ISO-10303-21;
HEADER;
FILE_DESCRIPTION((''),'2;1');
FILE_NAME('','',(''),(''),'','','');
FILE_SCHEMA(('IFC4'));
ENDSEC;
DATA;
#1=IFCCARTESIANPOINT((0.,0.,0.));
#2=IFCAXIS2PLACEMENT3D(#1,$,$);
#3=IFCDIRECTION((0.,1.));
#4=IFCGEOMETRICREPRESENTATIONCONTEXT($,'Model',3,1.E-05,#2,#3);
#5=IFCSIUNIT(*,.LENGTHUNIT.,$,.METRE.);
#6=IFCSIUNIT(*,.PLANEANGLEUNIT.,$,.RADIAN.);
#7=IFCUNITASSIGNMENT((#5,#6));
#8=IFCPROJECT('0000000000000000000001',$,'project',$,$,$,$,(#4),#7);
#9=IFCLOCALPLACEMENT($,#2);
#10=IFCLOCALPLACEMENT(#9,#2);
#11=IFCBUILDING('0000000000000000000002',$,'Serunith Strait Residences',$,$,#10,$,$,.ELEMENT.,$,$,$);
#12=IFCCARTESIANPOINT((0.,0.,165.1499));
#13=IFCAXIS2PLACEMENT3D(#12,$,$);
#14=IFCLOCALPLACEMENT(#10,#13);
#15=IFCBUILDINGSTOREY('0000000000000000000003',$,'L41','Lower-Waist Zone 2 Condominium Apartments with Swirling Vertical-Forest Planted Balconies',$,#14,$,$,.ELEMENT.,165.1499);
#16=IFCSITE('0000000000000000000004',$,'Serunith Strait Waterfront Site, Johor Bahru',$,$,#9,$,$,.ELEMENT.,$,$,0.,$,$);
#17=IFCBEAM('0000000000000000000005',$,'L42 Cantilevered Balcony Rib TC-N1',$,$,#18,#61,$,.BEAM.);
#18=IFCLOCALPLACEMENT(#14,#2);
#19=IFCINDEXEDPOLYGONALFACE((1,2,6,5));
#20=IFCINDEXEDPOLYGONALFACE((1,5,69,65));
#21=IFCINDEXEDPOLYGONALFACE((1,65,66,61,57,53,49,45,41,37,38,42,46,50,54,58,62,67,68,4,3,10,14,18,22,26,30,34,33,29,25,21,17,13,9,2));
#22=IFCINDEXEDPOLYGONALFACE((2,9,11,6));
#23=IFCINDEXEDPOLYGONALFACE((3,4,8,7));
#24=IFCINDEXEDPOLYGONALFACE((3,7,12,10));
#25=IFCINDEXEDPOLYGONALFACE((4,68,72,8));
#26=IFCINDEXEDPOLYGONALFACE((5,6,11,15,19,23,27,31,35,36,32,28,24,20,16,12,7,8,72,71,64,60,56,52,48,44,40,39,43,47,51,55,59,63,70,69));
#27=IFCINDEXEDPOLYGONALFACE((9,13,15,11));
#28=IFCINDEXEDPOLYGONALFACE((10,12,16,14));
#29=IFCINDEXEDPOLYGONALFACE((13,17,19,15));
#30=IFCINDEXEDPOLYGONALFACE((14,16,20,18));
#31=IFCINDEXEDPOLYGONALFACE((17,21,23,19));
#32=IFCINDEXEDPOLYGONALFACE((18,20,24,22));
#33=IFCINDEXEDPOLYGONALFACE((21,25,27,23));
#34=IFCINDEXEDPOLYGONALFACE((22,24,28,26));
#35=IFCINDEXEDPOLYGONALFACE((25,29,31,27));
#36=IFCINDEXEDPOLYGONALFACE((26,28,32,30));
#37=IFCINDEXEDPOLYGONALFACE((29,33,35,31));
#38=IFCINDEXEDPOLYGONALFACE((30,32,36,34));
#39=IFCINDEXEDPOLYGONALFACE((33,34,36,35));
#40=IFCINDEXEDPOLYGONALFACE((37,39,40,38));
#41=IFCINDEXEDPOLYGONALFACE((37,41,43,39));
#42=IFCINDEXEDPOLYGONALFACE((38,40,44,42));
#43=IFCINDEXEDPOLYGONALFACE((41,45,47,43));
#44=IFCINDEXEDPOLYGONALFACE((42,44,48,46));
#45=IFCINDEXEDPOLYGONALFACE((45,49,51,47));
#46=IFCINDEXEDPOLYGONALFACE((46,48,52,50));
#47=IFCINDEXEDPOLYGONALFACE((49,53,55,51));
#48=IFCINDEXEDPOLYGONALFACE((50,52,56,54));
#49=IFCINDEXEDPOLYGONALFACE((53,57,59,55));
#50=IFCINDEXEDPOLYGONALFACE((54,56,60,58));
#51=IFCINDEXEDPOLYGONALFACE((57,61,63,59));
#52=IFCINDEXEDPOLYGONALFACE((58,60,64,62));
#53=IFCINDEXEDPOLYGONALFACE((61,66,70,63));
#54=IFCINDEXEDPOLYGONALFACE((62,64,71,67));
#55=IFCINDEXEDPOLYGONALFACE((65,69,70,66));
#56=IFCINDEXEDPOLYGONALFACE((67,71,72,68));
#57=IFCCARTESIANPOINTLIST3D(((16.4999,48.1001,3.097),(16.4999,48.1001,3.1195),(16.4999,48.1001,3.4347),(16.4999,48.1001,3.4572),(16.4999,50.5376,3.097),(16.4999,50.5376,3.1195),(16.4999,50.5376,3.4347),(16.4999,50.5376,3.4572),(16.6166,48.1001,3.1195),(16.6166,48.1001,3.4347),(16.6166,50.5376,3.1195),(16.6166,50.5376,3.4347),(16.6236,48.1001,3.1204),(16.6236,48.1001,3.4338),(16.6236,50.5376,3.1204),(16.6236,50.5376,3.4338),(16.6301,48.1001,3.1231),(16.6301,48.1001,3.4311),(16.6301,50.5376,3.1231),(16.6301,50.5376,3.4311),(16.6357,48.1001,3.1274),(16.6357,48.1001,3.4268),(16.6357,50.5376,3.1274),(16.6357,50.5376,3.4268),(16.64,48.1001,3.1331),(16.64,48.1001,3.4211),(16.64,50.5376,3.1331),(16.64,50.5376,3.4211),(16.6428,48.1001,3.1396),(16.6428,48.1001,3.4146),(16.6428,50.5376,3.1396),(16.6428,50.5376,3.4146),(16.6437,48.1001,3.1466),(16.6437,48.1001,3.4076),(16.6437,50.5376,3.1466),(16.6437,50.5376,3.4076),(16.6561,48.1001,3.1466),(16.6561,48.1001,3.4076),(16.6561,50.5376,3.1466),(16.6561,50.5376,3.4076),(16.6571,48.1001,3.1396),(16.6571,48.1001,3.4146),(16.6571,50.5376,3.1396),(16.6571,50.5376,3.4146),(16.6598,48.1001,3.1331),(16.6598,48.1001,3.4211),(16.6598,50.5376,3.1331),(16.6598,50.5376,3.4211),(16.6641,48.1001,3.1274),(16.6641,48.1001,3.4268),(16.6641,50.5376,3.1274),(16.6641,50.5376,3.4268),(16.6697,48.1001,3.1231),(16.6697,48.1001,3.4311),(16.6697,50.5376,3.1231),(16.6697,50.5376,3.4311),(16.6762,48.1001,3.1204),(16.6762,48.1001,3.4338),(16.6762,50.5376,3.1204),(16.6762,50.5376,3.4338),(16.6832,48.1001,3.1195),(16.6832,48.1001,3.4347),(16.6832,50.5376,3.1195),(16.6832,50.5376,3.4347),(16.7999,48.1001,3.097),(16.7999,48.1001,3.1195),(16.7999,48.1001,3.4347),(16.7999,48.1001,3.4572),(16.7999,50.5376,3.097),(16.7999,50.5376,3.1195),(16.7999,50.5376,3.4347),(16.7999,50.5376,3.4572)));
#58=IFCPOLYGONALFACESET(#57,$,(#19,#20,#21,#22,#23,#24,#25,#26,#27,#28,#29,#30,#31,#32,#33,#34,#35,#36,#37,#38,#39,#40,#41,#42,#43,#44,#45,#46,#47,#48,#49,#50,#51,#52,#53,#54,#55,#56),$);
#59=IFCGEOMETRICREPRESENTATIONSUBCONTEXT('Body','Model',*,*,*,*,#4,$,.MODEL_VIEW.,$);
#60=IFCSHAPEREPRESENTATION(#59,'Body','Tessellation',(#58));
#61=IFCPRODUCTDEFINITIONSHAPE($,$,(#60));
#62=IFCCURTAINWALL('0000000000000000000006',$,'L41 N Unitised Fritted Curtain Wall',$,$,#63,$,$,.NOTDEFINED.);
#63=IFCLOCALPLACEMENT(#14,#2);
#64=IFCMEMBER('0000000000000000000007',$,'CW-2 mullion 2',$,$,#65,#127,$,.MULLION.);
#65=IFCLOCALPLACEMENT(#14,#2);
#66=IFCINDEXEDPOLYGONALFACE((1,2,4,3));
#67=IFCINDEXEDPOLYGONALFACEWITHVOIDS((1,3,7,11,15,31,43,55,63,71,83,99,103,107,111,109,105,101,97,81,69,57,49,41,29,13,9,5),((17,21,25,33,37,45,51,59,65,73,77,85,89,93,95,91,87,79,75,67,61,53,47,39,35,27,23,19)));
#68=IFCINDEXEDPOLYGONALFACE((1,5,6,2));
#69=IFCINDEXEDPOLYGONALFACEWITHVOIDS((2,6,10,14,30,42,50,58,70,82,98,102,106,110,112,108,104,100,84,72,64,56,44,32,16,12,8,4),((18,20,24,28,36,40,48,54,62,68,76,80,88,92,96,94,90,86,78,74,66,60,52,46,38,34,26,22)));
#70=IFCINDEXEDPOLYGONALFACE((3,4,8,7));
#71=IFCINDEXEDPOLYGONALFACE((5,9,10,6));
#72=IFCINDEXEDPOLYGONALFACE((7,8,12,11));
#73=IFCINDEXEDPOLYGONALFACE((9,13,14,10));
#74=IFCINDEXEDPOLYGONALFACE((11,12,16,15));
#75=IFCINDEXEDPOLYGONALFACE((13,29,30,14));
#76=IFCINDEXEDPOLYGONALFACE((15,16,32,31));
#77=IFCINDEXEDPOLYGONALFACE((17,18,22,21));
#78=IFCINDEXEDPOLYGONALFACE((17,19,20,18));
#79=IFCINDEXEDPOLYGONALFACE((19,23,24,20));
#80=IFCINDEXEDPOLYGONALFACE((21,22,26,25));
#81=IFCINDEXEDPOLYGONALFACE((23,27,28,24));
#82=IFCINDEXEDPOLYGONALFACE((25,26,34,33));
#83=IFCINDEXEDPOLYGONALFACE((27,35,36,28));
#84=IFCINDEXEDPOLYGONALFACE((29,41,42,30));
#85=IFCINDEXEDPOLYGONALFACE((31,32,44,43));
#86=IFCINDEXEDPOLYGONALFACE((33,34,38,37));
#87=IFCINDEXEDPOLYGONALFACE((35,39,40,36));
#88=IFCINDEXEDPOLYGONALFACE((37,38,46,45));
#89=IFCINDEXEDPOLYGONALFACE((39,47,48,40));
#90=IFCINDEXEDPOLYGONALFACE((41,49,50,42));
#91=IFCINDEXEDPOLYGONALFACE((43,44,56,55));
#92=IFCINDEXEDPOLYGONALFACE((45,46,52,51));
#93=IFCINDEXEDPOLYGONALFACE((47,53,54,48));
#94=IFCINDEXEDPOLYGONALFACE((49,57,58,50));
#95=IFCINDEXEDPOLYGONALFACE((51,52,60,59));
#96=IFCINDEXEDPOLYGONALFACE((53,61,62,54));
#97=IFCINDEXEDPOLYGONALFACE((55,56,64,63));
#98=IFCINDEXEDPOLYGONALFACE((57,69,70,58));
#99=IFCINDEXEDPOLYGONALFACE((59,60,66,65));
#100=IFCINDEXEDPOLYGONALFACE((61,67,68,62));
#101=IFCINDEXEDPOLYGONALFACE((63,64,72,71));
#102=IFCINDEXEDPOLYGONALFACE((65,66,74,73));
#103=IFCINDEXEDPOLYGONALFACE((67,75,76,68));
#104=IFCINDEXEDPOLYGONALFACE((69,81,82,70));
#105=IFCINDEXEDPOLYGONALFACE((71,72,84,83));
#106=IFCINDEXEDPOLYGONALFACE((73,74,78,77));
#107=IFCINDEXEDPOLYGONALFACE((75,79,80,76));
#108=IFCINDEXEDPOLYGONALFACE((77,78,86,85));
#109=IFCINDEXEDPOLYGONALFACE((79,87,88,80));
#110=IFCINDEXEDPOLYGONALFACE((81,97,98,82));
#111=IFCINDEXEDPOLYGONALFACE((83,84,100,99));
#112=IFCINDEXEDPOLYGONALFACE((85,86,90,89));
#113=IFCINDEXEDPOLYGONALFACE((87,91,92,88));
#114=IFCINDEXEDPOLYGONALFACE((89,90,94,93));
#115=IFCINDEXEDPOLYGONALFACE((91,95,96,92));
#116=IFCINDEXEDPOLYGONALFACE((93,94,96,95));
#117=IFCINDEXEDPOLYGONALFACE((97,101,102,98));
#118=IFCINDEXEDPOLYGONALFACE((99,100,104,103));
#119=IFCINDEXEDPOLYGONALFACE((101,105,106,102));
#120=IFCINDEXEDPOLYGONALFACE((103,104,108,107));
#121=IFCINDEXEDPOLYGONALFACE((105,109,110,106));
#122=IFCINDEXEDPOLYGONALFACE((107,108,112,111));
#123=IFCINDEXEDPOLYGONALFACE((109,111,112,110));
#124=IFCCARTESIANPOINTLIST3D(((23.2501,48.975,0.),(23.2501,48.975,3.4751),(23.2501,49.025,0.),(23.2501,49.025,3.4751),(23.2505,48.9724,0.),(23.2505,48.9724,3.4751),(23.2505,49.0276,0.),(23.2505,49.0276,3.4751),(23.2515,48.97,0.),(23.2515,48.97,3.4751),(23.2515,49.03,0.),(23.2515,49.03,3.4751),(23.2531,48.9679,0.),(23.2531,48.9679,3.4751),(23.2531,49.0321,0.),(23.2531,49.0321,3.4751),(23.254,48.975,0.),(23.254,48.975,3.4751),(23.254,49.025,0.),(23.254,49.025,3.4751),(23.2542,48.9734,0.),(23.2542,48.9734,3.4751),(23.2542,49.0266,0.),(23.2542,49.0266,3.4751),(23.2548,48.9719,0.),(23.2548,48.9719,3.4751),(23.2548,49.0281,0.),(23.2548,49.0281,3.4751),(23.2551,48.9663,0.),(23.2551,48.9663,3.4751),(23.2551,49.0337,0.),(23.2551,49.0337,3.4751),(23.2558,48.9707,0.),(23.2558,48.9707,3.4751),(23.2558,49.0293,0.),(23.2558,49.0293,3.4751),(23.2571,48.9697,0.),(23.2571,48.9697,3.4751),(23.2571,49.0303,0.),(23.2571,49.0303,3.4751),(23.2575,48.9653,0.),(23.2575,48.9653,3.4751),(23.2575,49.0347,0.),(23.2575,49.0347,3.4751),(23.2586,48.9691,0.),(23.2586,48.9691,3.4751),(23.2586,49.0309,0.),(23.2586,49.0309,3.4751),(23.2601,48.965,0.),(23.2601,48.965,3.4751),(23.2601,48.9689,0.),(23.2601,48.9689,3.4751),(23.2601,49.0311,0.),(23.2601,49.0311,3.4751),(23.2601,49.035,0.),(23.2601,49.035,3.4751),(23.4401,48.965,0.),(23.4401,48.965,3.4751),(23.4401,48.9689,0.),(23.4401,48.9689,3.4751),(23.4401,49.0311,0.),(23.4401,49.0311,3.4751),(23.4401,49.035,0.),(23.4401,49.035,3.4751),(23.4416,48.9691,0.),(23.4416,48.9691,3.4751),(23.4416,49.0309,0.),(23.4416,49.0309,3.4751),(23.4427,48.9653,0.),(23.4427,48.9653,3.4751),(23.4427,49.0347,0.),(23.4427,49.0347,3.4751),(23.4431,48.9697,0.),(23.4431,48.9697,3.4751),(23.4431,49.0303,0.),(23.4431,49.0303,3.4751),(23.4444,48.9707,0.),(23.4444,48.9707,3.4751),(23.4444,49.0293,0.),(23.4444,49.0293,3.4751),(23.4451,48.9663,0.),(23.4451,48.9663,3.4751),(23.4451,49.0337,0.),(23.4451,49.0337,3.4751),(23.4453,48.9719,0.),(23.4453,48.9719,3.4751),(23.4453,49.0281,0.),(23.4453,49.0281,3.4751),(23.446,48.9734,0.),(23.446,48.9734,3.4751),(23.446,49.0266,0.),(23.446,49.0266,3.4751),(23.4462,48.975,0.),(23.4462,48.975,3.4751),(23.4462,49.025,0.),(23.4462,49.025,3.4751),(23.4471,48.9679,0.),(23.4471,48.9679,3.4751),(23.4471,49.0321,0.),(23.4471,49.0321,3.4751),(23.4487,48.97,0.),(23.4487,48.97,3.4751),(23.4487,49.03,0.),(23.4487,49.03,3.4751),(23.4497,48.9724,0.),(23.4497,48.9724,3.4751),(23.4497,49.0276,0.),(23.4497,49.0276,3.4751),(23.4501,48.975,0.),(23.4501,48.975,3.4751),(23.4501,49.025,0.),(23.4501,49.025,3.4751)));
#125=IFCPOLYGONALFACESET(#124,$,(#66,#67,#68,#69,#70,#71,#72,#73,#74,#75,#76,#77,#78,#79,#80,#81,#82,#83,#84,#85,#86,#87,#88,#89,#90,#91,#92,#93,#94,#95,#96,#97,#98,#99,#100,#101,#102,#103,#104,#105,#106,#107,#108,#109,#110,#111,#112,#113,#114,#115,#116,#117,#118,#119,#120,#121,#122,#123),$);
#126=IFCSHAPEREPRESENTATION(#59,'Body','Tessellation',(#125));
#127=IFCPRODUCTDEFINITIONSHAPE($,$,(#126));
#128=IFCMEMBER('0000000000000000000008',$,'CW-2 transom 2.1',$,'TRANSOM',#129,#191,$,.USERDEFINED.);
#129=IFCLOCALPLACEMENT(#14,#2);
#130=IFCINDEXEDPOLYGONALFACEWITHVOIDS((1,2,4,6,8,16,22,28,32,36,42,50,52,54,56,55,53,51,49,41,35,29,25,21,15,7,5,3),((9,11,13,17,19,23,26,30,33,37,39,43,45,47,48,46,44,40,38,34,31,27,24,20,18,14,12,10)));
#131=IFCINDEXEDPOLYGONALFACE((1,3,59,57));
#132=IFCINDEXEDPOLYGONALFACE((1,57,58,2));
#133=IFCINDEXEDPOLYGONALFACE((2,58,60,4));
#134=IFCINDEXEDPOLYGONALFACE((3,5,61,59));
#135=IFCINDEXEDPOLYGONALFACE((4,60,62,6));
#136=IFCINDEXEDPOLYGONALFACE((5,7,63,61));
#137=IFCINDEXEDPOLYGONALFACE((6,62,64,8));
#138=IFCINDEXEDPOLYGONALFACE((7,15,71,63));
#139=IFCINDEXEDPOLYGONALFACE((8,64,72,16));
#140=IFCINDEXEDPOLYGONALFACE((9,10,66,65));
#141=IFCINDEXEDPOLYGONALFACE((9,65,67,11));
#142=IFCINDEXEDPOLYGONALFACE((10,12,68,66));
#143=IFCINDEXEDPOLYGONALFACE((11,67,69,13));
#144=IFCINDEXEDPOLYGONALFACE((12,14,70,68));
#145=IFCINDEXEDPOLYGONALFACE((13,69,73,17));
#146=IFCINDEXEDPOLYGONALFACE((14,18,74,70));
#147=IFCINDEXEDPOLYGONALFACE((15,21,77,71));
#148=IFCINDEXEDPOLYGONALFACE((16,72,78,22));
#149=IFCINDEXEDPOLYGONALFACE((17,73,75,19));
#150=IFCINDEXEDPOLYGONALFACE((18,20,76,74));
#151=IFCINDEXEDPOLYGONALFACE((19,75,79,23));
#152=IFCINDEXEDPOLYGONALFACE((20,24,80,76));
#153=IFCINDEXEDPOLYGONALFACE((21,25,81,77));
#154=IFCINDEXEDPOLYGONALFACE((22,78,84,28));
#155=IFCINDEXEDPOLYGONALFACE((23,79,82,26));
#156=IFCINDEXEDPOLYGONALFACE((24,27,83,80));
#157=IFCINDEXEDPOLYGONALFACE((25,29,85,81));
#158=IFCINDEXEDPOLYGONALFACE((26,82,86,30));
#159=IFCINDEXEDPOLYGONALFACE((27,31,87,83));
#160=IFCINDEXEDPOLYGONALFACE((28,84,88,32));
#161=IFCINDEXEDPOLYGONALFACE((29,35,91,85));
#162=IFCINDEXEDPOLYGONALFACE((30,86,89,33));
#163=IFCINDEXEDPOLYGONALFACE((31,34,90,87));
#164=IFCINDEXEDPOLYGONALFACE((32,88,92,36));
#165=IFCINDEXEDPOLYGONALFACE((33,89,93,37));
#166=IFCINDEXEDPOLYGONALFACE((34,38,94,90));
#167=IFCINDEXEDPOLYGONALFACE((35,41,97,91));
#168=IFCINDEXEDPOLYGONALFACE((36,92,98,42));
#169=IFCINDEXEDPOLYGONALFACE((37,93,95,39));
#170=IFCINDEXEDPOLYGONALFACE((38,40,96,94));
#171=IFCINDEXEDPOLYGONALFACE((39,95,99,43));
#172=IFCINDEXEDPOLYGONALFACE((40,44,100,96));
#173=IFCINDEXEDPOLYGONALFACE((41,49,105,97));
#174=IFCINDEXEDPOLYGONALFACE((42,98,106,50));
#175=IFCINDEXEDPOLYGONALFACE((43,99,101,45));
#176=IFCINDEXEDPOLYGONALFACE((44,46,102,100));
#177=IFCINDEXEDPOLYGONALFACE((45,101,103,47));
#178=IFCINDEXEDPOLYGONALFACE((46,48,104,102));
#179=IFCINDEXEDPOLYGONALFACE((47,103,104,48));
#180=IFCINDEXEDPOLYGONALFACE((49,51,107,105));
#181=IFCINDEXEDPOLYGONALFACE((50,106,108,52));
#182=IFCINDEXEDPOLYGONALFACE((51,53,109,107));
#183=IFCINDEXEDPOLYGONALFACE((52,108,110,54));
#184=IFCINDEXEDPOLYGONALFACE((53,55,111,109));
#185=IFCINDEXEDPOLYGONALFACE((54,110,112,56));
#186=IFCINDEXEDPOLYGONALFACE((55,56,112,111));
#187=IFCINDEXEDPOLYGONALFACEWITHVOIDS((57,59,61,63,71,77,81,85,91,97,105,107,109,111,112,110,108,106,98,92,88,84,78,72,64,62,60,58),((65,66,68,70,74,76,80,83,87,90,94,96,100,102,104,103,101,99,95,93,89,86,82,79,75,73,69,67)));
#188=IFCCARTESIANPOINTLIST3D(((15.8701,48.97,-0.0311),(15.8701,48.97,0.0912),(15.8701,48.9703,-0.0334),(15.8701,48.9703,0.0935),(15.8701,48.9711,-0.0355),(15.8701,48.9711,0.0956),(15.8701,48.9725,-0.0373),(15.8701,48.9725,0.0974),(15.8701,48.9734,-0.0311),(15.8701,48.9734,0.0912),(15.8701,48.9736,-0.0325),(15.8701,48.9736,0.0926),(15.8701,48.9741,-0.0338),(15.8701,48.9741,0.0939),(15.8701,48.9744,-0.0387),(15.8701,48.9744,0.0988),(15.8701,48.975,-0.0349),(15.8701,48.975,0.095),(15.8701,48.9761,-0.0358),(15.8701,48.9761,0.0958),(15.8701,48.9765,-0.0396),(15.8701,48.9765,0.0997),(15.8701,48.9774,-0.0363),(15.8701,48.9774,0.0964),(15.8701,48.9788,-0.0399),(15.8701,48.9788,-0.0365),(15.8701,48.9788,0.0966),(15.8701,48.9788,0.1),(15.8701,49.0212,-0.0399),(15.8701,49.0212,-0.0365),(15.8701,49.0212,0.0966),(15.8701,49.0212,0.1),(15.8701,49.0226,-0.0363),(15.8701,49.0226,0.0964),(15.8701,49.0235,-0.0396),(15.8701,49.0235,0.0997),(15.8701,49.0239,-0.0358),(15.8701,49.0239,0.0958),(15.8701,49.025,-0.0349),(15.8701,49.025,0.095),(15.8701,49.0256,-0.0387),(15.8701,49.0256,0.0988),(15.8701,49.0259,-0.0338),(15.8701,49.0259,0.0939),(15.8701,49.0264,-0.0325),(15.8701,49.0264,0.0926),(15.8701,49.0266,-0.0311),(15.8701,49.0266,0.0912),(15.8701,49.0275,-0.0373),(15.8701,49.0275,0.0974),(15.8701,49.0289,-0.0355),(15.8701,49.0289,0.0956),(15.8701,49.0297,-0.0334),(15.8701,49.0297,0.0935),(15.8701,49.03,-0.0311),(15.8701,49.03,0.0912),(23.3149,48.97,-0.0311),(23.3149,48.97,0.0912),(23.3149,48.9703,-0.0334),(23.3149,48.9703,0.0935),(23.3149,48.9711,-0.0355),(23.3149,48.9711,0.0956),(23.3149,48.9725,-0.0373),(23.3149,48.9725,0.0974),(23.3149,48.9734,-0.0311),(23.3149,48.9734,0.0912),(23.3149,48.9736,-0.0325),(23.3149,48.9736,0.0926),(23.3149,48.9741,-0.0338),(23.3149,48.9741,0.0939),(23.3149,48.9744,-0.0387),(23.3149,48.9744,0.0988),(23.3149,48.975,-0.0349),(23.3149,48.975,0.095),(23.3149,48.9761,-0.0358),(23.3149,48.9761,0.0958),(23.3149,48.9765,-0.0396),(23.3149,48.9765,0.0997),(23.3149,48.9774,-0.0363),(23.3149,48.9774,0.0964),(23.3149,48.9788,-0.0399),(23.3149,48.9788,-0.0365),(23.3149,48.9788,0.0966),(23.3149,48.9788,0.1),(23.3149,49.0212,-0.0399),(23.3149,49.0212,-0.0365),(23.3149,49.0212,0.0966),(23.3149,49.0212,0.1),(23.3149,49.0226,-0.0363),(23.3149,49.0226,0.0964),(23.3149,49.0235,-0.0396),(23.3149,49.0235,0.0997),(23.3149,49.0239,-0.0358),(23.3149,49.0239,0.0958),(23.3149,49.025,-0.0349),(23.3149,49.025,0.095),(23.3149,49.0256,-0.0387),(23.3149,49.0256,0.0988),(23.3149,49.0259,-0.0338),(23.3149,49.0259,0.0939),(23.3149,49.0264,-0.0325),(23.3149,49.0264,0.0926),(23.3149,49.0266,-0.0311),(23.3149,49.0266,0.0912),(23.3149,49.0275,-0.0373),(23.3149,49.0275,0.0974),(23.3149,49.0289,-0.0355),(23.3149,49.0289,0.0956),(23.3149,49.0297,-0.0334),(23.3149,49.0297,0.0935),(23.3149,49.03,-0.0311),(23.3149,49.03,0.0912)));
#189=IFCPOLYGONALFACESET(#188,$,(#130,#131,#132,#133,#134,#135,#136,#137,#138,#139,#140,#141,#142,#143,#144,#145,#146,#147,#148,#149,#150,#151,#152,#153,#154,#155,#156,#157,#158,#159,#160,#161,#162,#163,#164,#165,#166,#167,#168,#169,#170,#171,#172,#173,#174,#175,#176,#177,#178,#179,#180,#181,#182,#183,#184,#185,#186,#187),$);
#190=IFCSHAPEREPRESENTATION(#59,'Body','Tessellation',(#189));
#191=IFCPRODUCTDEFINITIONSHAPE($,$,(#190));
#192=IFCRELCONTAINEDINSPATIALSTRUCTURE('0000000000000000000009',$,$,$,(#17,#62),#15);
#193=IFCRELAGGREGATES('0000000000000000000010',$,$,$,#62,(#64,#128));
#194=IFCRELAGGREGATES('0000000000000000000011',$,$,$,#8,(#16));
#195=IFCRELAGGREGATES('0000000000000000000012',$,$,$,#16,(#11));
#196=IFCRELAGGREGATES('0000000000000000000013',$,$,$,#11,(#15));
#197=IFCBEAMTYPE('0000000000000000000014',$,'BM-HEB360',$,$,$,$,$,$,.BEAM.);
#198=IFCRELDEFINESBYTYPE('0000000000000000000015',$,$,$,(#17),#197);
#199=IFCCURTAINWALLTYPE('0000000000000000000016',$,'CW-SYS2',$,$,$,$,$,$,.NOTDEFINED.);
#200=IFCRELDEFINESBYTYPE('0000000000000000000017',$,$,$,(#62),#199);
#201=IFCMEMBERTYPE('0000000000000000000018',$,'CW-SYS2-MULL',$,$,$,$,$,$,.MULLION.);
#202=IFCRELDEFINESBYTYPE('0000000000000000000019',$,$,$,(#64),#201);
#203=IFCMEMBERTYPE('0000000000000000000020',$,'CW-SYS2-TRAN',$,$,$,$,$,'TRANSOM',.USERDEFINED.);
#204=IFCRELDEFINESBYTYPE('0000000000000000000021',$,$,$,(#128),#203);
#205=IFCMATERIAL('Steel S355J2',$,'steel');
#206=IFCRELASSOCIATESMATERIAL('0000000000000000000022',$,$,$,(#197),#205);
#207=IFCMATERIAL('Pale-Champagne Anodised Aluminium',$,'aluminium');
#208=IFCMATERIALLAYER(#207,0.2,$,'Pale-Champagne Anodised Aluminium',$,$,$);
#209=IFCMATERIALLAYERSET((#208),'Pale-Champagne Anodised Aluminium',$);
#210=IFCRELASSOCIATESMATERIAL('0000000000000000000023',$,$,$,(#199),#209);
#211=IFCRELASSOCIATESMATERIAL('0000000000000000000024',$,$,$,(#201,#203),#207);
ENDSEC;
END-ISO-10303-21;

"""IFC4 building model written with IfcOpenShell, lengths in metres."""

from ifc_helpers import new_model, si_unit, direction, frame, origin, origin_2d, place, context, subcontext, project, spatial, hollow_rectangle, i_section, extrude, source, transform, mapped, material, layer, layer_set, material_profile, profile_set, type_object, element, aggregate, save


model = new_model("IFC4")

# Units and contexts
model_context = context("Model", 3, precision=1e-05, world=origin(), true_north=direction((0.0, 1.0)))
body_context = subcontext(model_context, "Body", "Model", "MODEL_VIEW")
ifc_project = project(units=[si_unit("LENGTHUNIT", "METRE"), si_unit("PLANEANGLEUNIT", "RADIAN")], contexts=[model_context])

# Site, building, storey
site_placement = place(None, origin())
site = spatial("IfcSite", under=ifc_project, at=site_placement, Name="Serunith Strait Waterfront Site, Johor Bahru", CompositionType="ELEMENT", RefElevation=0.0)
building_placement = place(site_placement, origin())
building = spatial("IfcBuilding", under=site, at=building_placement, Name="Serunith Strait Residences", CompositionType="ELEMENT")
storey_placement = place(building_placement, frame((0.0, 0.0, 165.1499)))
storey = spatial("IfcBuildingStorey", under=building, at=storey_placement, Name="L41", Description="Lower-Waist Zone 2 Condominium Apartments with Swirling Vertical-Forest Planted Balconies", CompositionType="ELEMENT", Elevation=165.1499)

# Beam
ifc_material_1 = material(Name="Steel S355J2", Category="steel")
ifc_material_profile_1 = material_profile(ifc_material_1, i_section(OverallWidth=0.3, OverallDepth=0.3601, WebThickness=0.0125, FlangeThickness=0.0225, FilletRadius=0.0271, at=origin_2d()), Name="HEB 360")
ifc_profile_set_1 = profile_set([ifc_material_profile_1], Name="Steel S355J2")
beam_type_1 = type_object("IfcBeamType", Name="BM-HEB360", PredefinedType="BEAM", material=ifc_profile_set_1)
shared_shape_1 = source(origin(), body_context, "Body", "SweptSolid", [
    extrude(i_section(OverallWidth=0.3, OverallDepth=0.3601, WebThickness=0.0125, FlangeThickness=0.0225, FilletRadius=0.0271, at=origin_2d()), origin(), (0.0, 0.0, 1.0), 2.4375),
])
beam_1_placement = place(storey_placement, frame((16.6499, 48.1001, 3.2771), z_axis=(0.0, 1.0, 0.0), x_axis=(-1.0, 0.0, 0.0)))
element("IfcBeam", 1, at=beam_1_placement, inside=storey, type_object=beam_type_1, Name="L42 Cantilevered Balcony Rib TC-N1", PredefinedType="BEAM", context=body_context, shape_type="MappedRepresentation", body=[
    mapped(shared_shape_1, transform((0.0, 0.0, 0.0), scale=1.0)),
])

# Curtain wall, members
ifc_material_2 = material(Name="Pale-Champagne Anodised Aluminium", Category="aluminium")
ifc_layer_1 = layer(ifc_material_2, 0.2, Name="Pale-Champagne Anodised Aluminium")
ifc_layer_set_1 = layer_set([ifc_layer_1], Name="Pale-Champagne Anodised Aluminium")
curtain_wall_type = type_object("IfcCurtainWallType", Name="CW-SYS2", PredefinedType="NOTDEFINED", material=ifc_layer_set_1)
curtain_wall_placement = place(storey_placement, origin())
curtain_wall = element("IfcCurtainWall", 2, at=curtain_wall_placement, inside=storey, type_object=curtain_wall_type, Name="L41 N Unitised Fritted Curtain Wall", PredefinedType="NOTDEFINED")
ifc_material_profile_2 = material_profile(ifc_material_2, hollow_rectangle(XDim=0.0701, YDim=0.2, WallThickness=0.0039, InnerFilletRadius=0.0061, OuterFilletRadius=0.01, at=origin_2d()), Name="ALU 200x70x4")
ifc_profile_set_2 = profile_set([ifc_material_profile_2], Name="Pale-Champagne Anodised Aluminium")
member_type_1 = type_object("IfcMemberType", Name="CW-SYS2-MULL", PredefinedType="MULLION", material=ifc_profile_set_2)
shared_shape_2 = source(origin(), body_context, "Body", "SweptSolid", [
    extrude(hollow_rectangle(XDim=0.0701, YDim=0.2, WallThickness=0.0039, InnerFilletRadius=0.0061, OuterFilletRadius=0.01, at=origin_2d()), origin(), (0.0, 0.0, 1.0), 3.4751),
])
member_1_placement = place(storey_placement, frame((23.3501, 49.0, 0.0), z_axis=(0.0, 0.0, 1.0), x_axis=(0.0, -1.0, 0.0)))
member_1 = element("IfcMember", 3, at=member_1_placement, type_object=member_type_1, Name="CW-2 mullion 2", PredefinedType="MULLION", context=body_context, shape_type="MappedRepresentation", body=[
    mapped(shared_shape_2, transform((0.0, 0.0, 0.0), scale=1.0)),
])
ifc_material_profile_3 = material_profile(ifc_material_2, hollow_rectangle(XDim=0.0601, YDim=0.1399, WallThickness=0.0034, InnerFilletRadius=0.0054, OuterFilletRadius=0.0088, at=origin_2d()), Name="ALU 140x60x3.5")
ifc_profile_set_3 = profile_set([ifc_material_profile_3], Name="Pale-Champagne Anodised Aluminium")
member_type_2 = type_object("IfcMemberType", Name="CW-SYS2-TRAN", ElementType="TRANSOM", PredefinedType="USERDEFINED", material=ifc_profile_set_3)
shared_shape_3 = source(origin(), body_context, "Body", "SweptSolid", [
    extrude(hollow_rectangle(XDim=0.0601, YDim=0.1399, WallThickness=0.0034, InnerFilletRadius=0.0054, OuterFilletRadius=0.0088, at=origin_2d()), origin(), (0.0, 0.0, 1.0), 7.4448),
])
member_2_placement = place(storey_placement, frame((23.3149, 49.0, 0.03), z_axis=(-1.0, 0.0, 0.0), x_axis=(0.0, -1.0, 0.0)))
member_2 = element("IfcMember", 4, at=member_2_placement, type_object=member_type_2, Name="CW-2 transom 2.1", ObjectType="TRANSOM", PredefinedType="USERDEFINED", context=body_context, shape_type="MappedRepresentation", body=[
    mapped(shared_shape_3, transform((0.0, 0.0, 0.0), scale=1.0)),
])
aggregate(curtain_wall, [member_1, member_2])

save(model, "model.ifc")
